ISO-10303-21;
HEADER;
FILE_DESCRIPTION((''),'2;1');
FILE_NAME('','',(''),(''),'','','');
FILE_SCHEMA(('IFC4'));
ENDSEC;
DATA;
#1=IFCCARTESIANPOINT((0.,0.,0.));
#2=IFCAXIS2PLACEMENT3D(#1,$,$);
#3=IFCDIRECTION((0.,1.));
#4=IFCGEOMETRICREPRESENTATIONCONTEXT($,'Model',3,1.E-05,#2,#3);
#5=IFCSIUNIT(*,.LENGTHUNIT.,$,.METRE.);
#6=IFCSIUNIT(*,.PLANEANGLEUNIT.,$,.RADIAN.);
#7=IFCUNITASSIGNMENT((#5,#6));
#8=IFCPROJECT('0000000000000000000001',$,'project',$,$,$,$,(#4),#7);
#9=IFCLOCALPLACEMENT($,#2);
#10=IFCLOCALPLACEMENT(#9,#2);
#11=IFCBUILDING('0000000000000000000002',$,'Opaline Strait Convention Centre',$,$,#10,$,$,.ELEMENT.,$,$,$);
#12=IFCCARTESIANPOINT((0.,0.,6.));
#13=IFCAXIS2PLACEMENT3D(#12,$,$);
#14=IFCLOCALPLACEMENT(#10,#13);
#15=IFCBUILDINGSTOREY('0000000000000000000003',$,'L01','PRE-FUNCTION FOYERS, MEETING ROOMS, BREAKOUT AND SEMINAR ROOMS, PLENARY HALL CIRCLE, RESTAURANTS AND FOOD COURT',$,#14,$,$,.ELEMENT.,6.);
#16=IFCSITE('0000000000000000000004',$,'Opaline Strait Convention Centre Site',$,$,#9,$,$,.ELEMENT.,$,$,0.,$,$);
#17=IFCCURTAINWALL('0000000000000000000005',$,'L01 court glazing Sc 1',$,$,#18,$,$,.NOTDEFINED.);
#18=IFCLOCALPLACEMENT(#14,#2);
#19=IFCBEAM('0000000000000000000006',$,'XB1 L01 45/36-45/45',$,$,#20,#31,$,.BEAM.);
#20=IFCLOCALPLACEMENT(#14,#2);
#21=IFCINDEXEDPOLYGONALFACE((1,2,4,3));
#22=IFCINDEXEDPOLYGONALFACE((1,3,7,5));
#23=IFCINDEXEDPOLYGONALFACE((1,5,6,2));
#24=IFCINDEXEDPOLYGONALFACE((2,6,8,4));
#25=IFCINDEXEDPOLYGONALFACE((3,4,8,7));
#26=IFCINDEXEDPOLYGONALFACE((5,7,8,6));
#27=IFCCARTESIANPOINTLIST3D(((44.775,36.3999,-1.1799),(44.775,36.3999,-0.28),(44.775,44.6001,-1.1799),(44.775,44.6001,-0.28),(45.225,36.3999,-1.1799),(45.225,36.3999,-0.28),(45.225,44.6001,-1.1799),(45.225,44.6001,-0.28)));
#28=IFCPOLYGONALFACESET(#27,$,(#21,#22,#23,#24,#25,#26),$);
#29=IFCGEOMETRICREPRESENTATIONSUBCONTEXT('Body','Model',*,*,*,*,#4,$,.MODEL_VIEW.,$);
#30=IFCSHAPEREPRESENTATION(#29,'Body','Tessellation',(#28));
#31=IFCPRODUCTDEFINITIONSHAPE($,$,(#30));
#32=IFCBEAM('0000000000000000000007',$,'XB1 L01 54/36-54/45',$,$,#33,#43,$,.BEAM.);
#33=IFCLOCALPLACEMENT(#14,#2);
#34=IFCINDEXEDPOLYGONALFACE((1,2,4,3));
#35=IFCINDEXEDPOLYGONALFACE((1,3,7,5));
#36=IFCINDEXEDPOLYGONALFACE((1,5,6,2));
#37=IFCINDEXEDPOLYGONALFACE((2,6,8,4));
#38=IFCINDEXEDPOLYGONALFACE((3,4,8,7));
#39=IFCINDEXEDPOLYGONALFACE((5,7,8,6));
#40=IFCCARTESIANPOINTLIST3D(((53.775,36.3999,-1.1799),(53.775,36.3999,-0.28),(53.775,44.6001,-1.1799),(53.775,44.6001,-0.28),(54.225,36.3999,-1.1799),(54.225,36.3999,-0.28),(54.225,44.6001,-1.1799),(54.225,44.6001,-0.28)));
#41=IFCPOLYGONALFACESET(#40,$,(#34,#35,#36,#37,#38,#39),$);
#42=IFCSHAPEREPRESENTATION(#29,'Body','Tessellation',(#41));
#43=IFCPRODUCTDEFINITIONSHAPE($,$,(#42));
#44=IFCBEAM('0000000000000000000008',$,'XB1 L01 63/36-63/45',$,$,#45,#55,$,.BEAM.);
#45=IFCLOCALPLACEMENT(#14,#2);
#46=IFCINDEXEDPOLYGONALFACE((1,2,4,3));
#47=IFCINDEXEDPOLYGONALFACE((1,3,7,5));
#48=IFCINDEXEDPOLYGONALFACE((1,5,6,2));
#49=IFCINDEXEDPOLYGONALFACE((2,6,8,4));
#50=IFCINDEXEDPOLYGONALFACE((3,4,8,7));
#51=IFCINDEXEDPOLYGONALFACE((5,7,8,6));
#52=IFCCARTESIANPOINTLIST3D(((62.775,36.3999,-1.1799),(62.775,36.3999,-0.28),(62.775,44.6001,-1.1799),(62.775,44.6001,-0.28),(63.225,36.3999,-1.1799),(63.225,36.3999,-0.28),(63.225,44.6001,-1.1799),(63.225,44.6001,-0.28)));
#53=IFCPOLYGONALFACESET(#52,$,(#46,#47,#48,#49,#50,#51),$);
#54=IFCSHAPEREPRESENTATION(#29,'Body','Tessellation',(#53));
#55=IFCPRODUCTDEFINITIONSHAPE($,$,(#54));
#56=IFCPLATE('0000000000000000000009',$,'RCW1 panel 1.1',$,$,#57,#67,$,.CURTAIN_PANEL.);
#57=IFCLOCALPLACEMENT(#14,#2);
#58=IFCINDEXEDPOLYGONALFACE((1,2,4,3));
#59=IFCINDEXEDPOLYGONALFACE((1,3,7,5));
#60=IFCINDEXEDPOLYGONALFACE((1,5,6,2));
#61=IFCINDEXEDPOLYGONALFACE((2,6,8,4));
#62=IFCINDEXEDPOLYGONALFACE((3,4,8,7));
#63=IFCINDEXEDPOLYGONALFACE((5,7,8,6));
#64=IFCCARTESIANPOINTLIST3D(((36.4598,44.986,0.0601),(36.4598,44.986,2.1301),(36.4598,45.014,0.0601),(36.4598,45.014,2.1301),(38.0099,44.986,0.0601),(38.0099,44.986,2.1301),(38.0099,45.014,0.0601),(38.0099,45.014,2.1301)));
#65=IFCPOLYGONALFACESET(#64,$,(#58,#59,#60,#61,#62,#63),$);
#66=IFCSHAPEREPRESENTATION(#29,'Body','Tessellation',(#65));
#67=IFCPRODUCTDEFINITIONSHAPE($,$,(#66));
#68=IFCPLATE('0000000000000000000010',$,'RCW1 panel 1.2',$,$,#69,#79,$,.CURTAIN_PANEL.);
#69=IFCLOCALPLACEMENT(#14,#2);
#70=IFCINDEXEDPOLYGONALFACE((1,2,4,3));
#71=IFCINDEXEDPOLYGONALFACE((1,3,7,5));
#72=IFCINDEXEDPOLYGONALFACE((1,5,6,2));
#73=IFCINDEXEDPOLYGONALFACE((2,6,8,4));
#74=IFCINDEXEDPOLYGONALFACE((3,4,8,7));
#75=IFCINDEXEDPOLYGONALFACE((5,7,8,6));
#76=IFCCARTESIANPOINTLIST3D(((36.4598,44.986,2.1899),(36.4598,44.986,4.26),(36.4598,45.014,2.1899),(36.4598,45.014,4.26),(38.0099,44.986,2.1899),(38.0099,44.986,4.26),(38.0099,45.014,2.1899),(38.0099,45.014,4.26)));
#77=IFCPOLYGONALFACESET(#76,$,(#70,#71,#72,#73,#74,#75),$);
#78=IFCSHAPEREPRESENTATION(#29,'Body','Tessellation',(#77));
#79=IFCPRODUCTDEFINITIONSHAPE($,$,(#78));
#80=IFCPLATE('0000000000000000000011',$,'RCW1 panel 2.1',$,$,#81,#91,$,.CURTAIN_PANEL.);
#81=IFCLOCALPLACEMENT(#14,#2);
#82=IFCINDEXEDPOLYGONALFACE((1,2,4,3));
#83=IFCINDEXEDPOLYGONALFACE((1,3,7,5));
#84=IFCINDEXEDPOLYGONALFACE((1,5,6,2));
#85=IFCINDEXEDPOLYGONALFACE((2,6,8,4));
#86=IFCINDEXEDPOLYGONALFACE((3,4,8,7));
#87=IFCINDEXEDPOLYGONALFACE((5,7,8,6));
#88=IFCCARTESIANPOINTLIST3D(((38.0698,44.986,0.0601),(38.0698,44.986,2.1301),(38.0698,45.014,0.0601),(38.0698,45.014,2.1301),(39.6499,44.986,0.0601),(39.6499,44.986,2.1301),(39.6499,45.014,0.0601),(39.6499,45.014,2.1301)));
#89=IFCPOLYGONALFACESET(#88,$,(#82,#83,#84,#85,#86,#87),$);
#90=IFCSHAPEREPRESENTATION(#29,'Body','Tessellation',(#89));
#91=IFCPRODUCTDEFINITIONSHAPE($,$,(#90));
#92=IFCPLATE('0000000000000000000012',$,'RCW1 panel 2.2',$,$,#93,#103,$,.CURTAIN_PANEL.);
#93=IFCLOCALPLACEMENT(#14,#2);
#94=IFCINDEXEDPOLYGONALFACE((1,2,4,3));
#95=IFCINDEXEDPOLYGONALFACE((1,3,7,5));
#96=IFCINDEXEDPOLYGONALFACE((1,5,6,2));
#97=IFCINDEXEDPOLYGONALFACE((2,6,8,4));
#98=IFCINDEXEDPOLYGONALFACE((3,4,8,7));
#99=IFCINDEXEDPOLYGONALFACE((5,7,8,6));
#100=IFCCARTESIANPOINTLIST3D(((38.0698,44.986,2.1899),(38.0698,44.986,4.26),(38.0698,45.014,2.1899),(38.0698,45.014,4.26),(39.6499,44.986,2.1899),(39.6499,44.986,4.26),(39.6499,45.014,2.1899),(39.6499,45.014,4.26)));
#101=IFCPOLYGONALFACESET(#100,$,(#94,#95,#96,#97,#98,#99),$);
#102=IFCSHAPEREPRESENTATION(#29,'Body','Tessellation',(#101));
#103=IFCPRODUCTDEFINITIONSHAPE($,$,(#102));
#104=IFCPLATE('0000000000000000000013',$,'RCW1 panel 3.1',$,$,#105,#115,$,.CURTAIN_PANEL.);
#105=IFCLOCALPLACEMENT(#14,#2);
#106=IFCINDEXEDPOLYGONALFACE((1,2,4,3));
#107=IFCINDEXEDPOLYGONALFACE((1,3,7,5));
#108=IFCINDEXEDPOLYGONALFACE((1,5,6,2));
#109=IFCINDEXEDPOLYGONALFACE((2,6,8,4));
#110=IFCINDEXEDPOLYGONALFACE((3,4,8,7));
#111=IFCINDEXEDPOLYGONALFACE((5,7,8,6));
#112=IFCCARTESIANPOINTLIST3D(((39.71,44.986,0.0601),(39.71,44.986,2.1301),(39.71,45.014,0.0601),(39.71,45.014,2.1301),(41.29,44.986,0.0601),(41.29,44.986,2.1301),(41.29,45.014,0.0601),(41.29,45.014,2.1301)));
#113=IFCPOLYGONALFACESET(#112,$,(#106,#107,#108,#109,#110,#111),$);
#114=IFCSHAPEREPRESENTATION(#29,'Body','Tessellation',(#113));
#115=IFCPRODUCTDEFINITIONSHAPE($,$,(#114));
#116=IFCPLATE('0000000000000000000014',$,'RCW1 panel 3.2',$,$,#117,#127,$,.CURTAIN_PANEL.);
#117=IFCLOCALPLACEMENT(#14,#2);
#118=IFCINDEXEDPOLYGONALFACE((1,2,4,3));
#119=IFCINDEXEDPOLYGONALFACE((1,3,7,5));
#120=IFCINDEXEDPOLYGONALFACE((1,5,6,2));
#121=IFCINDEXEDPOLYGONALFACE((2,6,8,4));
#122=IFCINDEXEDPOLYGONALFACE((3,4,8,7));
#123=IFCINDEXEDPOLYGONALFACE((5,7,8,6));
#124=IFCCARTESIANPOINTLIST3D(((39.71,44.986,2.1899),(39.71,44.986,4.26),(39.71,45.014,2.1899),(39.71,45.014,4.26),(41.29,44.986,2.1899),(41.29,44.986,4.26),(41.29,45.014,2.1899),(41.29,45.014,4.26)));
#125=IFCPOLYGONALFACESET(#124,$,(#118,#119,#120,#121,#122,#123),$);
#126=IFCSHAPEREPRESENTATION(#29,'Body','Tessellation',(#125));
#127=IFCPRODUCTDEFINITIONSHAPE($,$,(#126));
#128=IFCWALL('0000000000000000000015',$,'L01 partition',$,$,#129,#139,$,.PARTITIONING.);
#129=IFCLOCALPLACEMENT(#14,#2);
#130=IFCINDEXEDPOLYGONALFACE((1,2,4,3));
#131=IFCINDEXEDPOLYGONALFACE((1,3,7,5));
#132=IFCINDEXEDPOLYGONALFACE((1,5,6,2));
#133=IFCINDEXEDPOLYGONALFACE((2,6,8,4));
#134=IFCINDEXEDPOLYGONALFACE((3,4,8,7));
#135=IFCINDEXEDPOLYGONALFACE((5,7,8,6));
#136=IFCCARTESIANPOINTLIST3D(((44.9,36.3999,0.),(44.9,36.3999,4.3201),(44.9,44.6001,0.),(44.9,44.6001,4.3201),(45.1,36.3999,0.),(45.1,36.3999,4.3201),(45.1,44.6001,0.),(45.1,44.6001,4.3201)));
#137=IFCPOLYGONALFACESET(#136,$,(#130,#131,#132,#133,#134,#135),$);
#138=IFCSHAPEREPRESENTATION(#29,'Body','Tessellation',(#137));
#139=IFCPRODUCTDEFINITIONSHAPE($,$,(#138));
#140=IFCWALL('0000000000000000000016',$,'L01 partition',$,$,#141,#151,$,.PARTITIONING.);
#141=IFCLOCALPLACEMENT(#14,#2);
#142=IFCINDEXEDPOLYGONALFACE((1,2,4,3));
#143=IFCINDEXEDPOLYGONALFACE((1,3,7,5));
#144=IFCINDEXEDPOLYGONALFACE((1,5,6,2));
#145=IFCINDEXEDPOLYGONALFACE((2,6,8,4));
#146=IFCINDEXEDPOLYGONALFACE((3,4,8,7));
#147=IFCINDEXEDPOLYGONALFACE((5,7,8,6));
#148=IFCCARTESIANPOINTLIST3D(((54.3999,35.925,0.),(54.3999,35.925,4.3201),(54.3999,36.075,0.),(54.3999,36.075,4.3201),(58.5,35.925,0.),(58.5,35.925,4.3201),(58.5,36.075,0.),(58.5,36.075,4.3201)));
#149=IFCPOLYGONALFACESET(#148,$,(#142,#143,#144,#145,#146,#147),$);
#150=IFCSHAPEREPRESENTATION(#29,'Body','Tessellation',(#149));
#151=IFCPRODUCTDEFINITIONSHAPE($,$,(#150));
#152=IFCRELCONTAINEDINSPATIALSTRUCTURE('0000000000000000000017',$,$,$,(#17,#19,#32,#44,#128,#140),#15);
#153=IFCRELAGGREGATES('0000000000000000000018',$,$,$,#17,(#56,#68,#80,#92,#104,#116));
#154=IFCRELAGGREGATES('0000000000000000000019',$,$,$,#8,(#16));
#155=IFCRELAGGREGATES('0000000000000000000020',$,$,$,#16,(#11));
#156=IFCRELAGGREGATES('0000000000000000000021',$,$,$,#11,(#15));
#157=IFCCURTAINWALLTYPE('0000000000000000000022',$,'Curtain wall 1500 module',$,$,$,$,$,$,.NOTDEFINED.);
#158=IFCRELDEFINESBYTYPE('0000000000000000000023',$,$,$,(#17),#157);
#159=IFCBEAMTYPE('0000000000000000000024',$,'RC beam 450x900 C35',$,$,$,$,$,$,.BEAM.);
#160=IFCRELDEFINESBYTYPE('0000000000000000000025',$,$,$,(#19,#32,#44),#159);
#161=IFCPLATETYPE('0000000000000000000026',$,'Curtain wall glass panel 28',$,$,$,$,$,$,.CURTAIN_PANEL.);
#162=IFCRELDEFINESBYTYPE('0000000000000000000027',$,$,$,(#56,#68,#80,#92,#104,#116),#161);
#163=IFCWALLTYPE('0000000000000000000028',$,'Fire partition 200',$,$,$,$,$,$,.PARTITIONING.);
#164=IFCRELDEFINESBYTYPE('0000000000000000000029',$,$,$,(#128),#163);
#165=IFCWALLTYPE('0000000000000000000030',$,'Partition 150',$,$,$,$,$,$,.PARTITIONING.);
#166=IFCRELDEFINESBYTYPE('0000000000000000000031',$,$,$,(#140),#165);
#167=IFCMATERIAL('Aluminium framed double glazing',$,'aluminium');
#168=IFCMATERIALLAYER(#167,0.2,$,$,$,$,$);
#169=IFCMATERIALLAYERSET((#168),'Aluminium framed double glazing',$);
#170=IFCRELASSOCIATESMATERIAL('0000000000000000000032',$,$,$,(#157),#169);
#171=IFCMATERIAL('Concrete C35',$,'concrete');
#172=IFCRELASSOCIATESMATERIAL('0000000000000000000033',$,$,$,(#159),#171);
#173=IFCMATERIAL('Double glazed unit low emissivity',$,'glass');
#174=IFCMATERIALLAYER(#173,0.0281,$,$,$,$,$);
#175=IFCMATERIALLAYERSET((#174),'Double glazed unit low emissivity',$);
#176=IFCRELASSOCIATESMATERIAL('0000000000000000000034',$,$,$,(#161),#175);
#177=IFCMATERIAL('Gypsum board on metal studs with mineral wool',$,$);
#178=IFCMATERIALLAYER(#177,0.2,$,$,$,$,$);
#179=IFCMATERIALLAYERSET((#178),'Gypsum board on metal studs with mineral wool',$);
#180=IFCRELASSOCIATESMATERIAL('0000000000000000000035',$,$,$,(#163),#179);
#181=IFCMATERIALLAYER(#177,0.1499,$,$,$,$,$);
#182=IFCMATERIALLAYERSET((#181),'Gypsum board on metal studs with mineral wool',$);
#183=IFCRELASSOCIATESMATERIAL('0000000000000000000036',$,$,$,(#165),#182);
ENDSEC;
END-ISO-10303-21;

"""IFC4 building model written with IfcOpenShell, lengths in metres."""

from ifc_helpers import new_model, si_unit, direction, frame, frame_2d, origin, origin_2d, place, context, subcontext, project, spatial, rectangle, extrude, material, layer, layer_set, material_profile, profile_set, type_object, element, aggregate, save


model = new_model("IFC4")

# Units and contexts
model_context = context("Model", 3, precision=1e-05, world=origin(), true_north=direction((0.0, 1.0)))
body_context = subcontext(model_context, "Body", "Model", "MODEL_VIEW")
ifc_project = project(units=[si_unit("LENGTHUNIT", "METRE"), si_unit("PLANEANGLEUNIT", "RADIAN")], contexts=[model_context])

# Site, building, storey
site_placement = place(None, origin())
site = spatial("IfcSite", under=ifc_project, at=site_placement, Name="Opaline Strait Convention Centre Site", CompositionType="ELEMENT", RefElevation=0.0)
building_placement = place(site_placement, origin())
building = spatial("IfcBuilding", under=site, at=building_placement, Name="Opaline Strait Convention Centre", CompositionType="ELEMENT")
storey_placement = place(building_placement, frame((0.0, 0.0, 6.0)))
storey = spatial("IfcBuildingStorey", under=building, at=storey_placement, Name="L01", Description="PRE-FUNCTION FOYERS, MEETING ROOMS, BREAKOUT AND SEMINAR ROOMS, PLENARY HALL CIRCLE, RESTAURANTS AND FOOD COURT", CompositionType="ELEMENT", Elevation=6.0)

# Curtain wall
ifc_material_1 = material(Name="Aluminium framed double glazing", Category="aluminium")
ifc_layer_1 = layer(ifc_material_1, 0.2)
ifc_layer_set_1 = layer_set([ifc_layer_1], Name="Aluminium framed double glazing")
curtain_wall_type = type_object("IfcCurtainWallType", Name="Curtain wall 1500 module", PredefinedType="NOTDEFINED", material=ifc_layer_set_1)
curtain_wall_placement = place(storey_placement, origin())
curtain_wall = element("IfcCurtainWall", 1, at=curtain_wall_placement, inside=storey, type_object=curtain_wall_type, Name="L01 court glazing Sc 1", PredefinedType="NOTDEFINED")

# Beams
ifc_material_2 = material(Name="Concrete C35", Category="concrete")
ifc_material_profile_1 = material_profile(ifc_material_2, rectangle(XDim=0.45, YDim=0.8999, at=origin_2d()), Name="RC 450x900")
ifc_profile_set_1 = profile_set([ifc_material_profile_1], Name="Concrete C35")
beam_type = type_object("IfcBeamType", Name="RC beam 450x900 C35", PredefinedType="BEAM", material=ifc_profile_set_1)
for number, where, z_axis, x_axis, name in (
    (2, (45.0, 36.3999, -0.73), (0.0, 1.0, 0.0), (-1.0, 0.0, 0.0), "XB1 L01 45/36-45/45"),
    (3, (54.0, 36.3999, -0.73), (0.0, 1.0, 0.0), (-1.0, 0.0, 0.0), "XB1 L01 54/36-54/45"),
    (4, (63.0, 36.3999, -0.73), (0.0, 1.0, 0.0), (-1.0, 0.0, 0.0), "XB1 L01 63/36-63/45"),
):
    element("IfcBeam", number, at=place(storey_placement, frame(where, z_axis=z_axis, x_axis=x_axis)), inside=storey, type_object=beam_type, Name=name, PredefinedType="BEAM", context=body_context, shape_type="SweptSolid", body=[
        extrude(rectangle(XDim=0.45, YDim=0.8999, at=origin_2d()), origin(), (0.0, 0.0, 1.0), 8.2002),
    ])

# Plates
ifc_material_3 = material(Name="Double glazed unit low emissivity", Category="glass")
ifc_layer_2 = layer(ifc_material_3, 0.0281)
ifc_layer_set_2 = layer_set([ifc_layer_2], Name="Double glazed unit low emissivity")
plate_type = type_object("IfcPlateType", Name="Curtain wall glass panel 28", PredefinedType="CURTAIN_PANEL", material=ifc_layer_set_2)
plate_1_placement = place(storey_placement, frame((37.2349, 45.0, 0.0601), z_axis=(0.0, 0.0, 1.0), x_axis=(1.0, 0.0, 0.0)))
plate_1 = element("IfcPlate", 5, at=plate_1_placement, type_object=plate_type, Name="RCW1 panel 1.1", PredefinedType="CURTAIN_PANEL", context=body_context, shape_type="SweptSolid", body=[
    extrude(rectangle(XDim=1.55, YDim=0.0281, at=origin_2d()), origin(), (0.0, 0.0, 1.0), 2.0701),
])
plate_2_placement = place(storey_placement, frame((37.2349, 45.0, 2.1899), z_axis=(0.0, 0.0, 1.0), x_axis=(1.0, 0.0, 0.0)))
plate_2 = element("IfcPlate", 6, at=plate_2_placement, type_object=plate_type, Name="RCW1 panel 1.2", PredefinedType="CURTAIN_PANEL", context=body_context, shape_type="SweptSolid", body=[
    extrude(rectangle(XDim=1.55, YDim=0.0281, at=origin_2d()), origin(), (0.0, 0.0, 1.0), 2.0701),
])
plate_3_placement = place(storey_placement, frame((38.8599, 45.0, 0.0601), z_axis=(0.0, 0.0, 1.0), x_axis=(1.0, 0.0, 0.0)))
plate_3 = element("IfcPlate", 7, at=plate_3_placement, type_object=plate_type, Name="RCW1 panel 2.1", PredefinedType="CURTAIN_PANEL", context=body_context, shape_type="SweptSolid", body=[
    extrude(rectangle(XDim=1.5801, YDim=0.0281, at=origin_2d()), origin(), (0.0, 0.0, 1.0), 2.0701),
])
plate_4_placement = place(storey_placement, frame((38.8599, 45.0, 2.1899), z_axis=(0.0, 0.0, 1.0), x_axis=(1.0, 0.0, 0.0)))
plate_4 = element("IfcPlate", 8, at=plate_4_placement, type_object=plate_type, Name="RCW1 panel 2.2", PredefinedType="CURTAIN_PANEL", context=body_context, shape_type="SweptSolid", body=[
    extrude(rectangle(XDim=1.5801, YDim=0.0281, at=origin_2d()), origin(), (0.0, 0.0, 1.0), 2.0701),
])
plate_5_placement = place(storey_placement, frame((40.5, 45.0, 0.0601), z_axis=(0.0, 0.0, 1.0), x_axis=(1.0, 0.0, 0.0)))
plate_5 = element("IfcPlate", 9, at=plate_5_placement, type_object=plate_type, Name="RCW1 panel 3.1", PredefinedType="CURTAIN_PANEL", context=body_context, shape_type="SweptSolid", body=[
    extrude(rectangle(XDim=1.5801, YDim=0.0281, at=origin_2d()), origin(), (0.0, 0.0, 1.0), 2.0701),
])
plate_6_placement = place(storey_placement, frame((40.5, 45.0, 2.1899), z_axis=(0.0, 0.0, 1.0), x_axis=(1.0, 0.0, 0.0)))
plate_6 = element("IfcPlate", 10, at=plate_6_placement, type_object=plate_type, Name="RCW1 panel 3.2", PredefinedType="CURTAIN_PANEL", context=body_context, shape_type="SweptSolid", body=[
    extrude(rectangle(XDim=1.5801, YDim=0.0281, at=origin_2d()), origin(), (0.0, 0.0, 1.0), 2.0701),
])
aggregate(curtain_wall, [plate_1, plate_2, plate_3, plate_4, plate_5, plate_6])

# Walls
ifc_material_4 = material(Name="Gypsum board on metal studs with mineral wool")
ifc_layer_3 = layer(ifc_material_4, 0.2)
ifc_layer_set_3 = layer_set([ifc_layer_3], Name="Gypsum board on metal studs with mineral wool")
wall_type_1 = type_object("IfcWallType", Name="Fire partition 200", PredefinedType="PARTITIONING", material=ifc_layer_set_3)
wall_1_placement = place(storey_placement, frame((45.0, 36.3999, 0.0), z_axis=(0.0, 0.0, 1.0), x_axis=(0.0, 1.0, 0.0)))
element("IfcWall", 11, at=wall_1_placement, inside=storey, type_object=wall_type_1, Name="L01 partition", PredefinedType="PARTITIONING", context=body_context, shape_type="SweptSolid", body=[
    extrude(rectangle(XDim=8.2002, YDim=0.2, at=frame_2d((4.1001, 0.0))), origin(), (0.0, 0.0, 1.0), 4.3201),
])
ifc_layer_4 = layer(ifc_material_4, 0.1499)
ifc_layer_set_4 = layer_set([ifc_layer_4], Name="Gypsum board on metal studs with mineral wool")
wall_type_2 = type_object("IfcWallType", Name="Partition 150", PredefinedType="PARTITIONING", material=ifc_layer_set_4)
wall_2_placement = place(storey_placement, frame((54.3999, 36.0, 0.0), z_axis=(0.0, 0.0, 1.0), x_axis=(1.0, 0.0, 0.0)))
element("IfcWall", 12, at=wall_2_placement, inside=storey, type_object=wall_type_2, Name="L01 partition", PredefinedType="PARTITIONING", context=body_context, shape_type="SweptSolid", body=[
    extrude(rectangle(XDim=4.1001, YDim=0.1499, at=frame_2d((2.05, 0.0))), origin(), (0.0, 0.0, 1.0), 4.3201),
])

save(model, "model.ifc")
